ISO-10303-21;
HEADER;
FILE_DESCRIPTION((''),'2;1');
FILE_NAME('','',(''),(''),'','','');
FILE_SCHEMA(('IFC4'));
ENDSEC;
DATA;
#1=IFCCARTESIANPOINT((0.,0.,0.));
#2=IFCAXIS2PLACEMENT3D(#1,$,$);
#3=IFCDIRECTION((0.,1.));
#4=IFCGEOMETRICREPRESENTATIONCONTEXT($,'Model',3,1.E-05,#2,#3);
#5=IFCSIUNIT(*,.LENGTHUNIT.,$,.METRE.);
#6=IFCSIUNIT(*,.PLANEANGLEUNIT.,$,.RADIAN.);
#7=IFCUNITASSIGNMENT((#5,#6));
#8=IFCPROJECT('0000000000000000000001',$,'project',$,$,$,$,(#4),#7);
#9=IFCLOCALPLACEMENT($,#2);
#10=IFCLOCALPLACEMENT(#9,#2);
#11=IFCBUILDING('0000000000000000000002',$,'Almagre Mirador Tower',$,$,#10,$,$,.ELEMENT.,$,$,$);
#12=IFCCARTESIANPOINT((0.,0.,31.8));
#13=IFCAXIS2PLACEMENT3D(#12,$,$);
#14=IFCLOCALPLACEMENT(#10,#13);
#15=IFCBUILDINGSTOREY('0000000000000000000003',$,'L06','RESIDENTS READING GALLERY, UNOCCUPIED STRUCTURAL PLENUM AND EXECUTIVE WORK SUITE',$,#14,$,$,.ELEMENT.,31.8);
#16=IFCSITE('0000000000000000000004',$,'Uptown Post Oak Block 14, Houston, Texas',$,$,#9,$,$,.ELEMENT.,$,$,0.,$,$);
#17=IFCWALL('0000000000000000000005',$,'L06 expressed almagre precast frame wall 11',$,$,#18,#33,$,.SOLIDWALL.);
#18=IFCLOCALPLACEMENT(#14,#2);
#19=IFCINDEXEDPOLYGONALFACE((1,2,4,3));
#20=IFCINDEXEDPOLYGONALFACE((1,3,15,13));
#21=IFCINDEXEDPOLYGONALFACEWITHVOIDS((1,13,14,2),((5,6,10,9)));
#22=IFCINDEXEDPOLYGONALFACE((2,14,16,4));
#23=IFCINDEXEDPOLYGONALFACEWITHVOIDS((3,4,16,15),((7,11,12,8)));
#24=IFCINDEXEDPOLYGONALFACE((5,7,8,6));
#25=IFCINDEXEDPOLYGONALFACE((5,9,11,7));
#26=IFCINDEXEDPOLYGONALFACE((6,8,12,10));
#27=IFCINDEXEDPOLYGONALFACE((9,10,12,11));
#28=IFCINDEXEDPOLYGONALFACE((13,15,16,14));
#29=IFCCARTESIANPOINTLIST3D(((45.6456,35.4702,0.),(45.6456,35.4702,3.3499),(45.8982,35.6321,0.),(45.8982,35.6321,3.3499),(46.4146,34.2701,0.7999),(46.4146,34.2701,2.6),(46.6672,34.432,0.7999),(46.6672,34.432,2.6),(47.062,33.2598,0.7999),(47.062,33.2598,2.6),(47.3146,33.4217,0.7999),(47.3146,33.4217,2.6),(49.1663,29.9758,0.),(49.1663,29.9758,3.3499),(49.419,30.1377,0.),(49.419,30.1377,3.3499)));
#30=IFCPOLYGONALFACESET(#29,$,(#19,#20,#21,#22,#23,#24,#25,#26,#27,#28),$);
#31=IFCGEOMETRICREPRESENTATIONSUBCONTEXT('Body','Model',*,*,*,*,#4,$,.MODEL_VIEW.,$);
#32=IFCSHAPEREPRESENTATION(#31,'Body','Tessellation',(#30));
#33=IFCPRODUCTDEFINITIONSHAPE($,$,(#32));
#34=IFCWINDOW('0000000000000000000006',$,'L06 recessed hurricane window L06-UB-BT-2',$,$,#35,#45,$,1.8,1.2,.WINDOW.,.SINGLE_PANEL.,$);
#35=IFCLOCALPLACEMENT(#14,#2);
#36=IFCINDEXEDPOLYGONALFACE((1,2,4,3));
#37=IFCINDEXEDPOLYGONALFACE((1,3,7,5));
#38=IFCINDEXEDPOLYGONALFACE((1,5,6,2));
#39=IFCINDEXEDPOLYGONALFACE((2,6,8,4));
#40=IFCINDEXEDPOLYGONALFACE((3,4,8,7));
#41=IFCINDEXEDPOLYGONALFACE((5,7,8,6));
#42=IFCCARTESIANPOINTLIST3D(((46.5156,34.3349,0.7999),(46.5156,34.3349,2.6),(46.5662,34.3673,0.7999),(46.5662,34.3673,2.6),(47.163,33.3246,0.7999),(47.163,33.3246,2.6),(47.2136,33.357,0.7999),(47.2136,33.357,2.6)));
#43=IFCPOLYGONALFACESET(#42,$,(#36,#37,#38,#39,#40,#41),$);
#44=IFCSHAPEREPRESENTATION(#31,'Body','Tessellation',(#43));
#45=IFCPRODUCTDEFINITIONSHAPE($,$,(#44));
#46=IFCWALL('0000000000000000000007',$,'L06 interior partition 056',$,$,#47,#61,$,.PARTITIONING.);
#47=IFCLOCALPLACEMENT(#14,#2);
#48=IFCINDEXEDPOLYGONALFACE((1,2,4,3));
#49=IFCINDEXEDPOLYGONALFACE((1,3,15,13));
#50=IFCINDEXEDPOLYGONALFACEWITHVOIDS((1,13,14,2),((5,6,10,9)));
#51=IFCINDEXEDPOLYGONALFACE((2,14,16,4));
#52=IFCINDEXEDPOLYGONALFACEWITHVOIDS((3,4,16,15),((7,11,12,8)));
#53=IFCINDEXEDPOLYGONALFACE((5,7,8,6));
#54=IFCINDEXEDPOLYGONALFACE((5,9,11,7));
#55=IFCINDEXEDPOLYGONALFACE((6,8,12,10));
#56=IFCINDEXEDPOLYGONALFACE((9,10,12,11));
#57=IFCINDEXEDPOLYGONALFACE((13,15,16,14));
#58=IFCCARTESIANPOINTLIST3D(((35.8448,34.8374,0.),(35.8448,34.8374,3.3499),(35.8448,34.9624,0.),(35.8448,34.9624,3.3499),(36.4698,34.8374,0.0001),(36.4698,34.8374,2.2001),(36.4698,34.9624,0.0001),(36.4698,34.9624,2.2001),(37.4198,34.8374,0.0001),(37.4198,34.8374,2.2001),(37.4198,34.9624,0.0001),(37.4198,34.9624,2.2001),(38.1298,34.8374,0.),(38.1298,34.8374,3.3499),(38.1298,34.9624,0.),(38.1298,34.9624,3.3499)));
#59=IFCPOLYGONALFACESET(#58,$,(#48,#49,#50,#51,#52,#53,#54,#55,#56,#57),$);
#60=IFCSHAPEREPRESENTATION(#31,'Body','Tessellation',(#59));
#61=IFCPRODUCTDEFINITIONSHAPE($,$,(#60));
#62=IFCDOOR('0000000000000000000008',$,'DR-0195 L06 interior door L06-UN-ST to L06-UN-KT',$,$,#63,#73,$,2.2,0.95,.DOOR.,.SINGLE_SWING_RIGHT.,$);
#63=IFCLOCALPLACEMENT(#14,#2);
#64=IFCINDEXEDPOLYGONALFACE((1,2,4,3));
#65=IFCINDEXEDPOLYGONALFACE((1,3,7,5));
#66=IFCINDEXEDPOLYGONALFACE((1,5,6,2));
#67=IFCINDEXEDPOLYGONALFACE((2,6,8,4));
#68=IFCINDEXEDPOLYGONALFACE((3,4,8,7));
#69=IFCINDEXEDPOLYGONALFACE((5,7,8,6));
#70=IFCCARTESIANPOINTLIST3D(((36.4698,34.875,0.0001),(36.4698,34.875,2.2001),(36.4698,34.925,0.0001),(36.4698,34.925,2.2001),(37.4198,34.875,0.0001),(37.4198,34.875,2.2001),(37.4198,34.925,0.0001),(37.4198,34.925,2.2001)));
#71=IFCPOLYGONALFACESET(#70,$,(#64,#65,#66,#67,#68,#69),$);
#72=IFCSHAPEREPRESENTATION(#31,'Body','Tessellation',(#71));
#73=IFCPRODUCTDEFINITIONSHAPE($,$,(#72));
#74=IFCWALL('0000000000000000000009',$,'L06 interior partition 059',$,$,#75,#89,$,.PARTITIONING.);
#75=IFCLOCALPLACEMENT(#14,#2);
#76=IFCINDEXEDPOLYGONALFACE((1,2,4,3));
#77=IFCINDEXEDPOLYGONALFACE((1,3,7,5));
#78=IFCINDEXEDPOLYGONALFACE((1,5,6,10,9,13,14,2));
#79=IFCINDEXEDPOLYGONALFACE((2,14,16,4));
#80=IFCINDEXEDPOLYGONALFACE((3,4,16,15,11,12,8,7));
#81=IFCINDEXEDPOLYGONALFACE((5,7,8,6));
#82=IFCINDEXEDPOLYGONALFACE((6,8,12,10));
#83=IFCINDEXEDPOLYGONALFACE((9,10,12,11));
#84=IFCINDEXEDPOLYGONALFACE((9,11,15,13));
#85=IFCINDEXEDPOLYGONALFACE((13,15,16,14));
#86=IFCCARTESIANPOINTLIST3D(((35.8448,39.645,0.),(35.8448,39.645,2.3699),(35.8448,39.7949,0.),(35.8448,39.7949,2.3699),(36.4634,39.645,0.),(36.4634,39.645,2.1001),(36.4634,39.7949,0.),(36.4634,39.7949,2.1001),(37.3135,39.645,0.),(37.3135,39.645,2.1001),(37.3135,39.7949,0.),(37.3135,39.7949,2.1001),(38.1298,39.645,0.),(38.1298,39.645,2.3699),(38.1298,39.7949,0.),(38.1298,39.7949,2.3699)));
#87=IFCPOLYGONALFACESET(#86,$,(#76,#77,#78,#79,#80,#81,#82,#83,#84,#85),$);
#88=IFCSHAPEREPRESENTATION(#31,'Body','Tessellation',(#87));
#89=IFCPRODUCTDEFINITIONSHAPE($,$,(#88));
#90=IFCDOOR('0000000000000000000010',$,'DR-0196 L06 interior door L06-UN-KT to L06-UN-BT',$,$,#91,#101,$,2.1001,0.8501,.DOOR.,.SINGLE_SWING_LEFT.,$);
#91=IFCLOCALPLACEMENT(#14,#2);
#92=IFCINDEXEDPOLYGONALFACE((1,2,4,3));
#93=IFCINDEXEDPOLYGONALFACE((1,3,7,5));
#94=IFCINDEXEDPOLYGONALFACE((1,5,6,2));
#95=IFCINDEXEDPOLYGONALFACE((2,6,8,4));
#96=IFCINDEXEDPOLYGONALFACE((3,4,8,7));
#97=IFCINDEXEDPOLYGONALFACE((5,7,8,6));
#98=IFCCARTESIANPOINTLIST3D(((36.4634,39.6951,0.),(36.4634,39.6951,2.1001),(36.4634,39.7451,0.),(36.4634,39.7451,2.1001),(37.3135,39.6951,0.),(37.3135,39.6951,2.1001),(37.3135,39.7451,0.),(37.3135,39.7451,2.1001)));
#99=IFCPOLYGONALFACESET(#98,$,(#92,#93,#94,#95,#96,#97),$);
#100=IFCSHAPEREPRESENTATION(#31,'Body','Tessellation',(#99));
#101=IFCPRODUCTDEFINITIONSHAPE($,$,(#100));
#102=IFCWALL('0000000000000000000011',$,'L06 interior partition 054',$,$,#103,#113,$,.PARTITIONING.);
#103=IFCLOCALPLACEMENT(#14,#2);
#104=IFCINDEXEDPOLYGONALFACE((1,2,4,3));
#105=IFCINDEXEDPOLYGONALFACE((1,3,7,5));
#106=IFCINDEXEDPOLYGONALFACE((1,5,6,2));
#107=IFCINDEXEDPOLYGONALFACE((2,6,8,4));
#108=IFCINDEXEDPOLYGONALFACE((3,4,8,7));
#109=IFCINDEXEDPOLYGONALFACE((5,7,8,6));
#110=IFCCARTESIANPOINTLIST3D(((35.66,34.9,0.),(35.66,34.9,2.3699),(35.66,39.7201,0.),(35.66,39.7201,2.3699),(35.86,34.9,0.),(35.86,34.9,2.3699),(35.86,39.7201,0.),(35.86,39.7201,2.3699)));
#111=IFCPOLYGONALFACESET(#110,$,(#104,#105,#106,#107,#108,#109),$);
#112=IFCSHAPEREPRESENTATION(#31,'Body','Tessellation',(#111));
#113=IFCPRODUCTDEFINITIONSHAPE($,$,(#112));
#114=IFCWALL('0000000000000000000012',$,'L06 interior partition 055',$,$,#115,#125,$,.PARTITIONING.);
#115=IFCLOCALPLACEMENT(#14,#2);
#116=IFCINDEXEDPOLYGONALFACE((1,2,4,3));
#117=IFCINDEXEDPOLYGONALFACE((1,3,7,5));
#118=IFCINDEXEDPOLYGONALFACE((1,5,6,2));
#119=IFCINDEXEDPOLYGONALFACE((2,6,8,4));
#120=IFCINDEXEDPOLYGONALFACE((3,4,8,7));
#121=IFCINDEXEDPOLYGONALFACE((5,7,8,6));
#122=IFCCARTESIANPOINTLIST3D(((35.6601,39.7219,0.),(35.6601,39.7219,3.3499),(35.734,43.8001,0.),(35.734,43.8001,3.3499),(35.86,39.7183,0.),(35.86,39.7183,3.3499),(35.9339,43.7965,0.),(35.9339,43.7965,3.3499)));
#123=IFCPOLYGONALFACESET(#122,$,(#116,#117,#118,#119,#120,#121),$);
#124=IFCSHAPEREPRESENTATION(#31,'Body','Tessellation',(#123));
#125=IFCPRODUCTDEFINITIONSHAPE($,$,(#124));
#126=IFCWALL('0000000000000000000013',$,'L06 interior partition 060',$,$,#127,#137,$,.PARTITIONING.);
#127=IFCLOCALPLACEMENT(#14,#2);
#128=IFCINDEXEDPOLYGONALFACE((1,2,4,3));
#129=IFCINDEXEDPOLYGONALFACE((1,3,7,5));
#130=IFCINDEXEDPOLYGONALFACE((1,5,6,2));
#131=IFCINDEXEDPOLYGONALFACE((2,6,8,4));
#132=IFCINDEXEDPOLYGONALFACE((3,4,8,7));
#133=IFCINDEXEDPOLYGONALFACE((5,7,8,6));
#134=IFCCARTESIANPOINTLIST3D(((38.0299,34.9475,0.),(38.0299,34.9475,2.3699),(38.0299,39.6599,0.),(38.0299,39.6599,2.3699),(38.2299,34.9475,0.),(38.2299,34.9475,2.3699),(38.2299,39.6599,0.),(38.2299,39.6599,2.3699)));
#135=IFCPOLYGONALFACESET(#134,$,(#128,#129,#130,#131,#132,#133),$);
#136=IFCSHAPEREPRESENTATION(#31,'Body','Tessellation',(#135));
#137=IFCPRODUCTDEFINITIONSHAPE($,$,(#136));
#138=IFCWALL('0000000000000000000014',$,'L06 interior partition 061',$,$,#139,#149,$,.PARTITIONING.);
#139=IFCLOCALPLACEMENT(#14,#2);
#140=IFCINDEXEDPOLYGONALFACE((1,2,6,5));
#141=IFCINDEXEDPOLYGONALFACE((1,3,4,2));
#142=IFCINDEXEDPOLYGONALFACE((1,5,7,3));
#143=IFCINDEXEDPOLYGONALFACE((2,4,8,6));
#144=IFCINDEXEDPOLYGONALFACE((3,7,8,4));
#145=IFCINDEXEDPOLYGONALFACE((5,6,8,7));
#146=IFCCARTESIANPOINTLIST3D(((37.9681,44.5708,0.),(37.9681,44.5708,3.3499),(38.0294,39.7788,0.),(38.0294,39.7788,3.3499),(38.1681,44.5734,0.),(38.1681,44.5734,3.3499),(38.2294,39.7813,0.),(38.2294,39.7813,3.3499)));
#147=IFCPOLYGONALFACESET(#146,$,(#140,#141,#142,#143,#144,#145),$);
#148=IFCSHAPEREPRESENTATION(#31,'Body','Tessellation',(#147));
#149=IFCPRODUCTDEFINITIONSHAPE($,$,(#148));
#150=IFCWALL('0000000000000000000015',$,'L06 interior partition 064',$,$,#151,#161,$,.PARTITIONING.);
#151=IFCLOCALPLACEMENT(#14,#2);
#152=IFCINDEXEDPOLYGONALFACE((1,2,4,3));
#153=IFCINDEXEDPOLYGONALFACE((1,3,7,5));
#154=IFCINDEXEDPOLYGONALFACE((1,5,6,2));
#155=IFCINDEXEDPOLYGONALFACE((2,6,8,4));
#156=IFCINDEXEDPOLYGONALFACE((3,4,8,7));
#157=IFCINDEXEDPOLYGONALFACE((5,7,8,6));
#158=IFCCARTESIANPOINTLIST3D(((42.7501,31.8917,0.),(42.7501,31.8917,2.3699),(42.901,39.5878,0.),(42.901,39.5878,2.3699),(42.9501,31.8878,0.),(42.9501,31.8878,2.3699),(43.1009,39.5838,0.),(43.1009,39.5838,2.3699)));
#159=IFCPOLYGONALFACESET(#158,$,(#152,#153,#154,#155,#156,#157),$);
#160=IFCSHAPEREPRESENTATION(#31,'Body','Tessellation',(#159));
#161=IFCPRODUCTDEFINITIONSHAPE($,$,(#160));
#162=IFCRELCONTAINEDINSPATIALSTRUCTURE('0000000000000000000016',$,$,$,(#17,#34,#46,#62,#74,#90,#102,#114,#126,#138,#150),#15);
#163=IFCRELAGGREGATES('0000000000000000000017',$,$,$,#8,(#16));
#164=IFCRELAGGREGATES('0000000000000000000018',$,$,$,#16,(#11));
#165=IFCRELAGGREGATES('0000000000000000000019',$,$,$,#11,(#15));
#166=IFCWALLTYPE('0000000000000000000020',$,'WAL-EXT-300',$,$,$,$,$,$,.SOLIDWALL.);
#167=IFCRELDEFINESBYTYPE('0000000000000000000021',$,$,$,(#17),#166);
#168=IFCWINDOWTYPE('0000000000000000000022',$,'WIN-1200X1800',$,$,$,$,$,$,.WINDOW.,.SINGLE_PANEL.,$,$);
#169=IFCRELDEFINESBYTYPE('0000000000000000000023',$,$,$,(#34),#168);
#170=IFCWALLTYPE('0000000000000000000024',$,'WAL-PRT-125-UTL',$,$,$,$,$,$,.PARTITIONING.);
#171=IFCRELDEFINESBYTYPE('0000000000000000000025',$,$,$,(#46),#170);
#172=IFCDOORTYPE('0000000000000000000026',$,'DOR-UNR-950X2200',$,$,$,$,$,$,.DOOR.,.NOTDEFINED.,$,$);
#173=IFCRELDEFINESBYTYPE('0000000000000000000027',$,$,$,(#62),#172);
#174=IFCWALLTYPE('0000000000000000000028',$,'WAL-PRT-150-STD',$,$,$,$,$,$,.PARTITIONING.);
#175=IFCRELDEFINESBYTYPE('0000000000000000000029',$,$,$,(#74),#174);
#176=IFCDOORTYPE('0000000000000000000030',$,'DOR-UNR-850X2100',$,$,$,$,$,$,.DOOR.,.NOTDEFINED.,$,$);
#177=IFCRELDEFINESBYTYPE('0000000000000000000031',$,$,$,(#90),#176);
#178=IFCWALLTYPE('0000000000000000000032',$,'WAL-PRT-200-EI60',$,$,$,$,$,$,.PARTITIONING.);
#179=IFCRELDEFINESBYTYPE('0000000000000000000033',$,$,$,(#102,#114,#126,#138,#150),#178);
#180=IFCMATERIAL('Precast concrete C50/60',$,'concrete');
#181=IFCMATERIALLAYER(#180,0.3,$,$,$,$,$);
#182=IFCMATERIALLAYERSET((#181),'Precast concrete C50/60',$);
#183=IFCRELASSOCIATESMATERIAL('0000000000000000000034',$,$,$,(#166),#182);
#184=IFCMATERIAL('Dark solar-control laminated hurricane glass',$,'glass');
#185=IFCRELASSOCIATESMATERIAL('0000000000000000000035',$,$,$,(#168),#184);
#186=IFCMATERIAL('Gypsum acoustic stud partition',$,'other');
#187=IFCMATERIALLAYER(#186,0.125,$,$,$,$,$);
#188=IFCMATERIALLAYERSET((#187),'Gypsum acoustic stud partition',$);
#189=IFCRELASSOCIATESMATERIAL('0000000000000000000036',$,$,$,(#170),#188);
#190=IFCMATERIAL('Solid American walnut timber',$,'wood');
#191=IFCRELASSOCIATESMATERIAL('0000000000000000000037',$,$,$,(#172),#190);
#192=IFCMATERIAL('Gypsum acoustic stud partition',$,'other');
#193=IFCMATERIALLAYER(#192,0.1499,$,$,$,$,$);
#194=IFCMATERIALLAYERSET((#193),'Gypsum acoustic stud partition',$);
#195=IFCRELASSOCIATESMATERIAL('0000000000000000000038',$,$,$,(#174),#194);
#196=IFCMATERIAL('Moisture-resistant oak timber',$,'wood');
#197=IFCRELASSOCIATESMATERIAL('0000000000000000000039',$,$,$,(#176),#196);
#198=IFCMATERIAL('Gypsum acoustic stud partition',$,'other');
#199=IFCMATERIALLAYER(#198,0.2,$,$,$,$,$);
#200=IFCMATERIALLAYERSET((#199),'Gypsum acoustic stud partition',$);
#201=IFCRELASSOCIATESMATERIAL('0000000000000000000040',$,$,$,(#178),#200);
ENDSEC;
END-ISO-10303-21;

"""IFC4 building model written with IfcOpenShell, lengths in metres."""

from ifc_helpers import new_model, si_unit, direction, frame, frame_2d, origin, place, context, subcontext, project, spatial, rectangle, extrude, material, layer, layer_set, type_object, element, fill, save


model = new_model("IFC4")

# Units and contexts
model_context = context("Model", 3, precision=1e-05, world=origin(), true_north=direction((0.0, 1.0)))
body_context = subcontext(model_context, "Body", "Model", "MODEL_VIEW")
ifc_project = project(units=[si_unit("LENGTHUNIT", "METRE"), si_unit("PLANEANGLEUNIT", "RADIAN")], contexts=[model_context])

# Site, building, storey
site_placement = place(None, origin())
site = spatial("IfcSite", under=ifc_project, at=site_placement, Name="Uptown Post Oak Block 14, Houston, Texas", CompositionType="ELEMENT", RefElevation=0.0)
building_placement = place(site_placement, origin())
building = spatial("IfcBuilding", under=site, at=building_placement, Name="Almagre Mirador Tower", CompositionType="ELEMENT")
storey_placement = place(building_placement, frame((0.0, 0.0, 31.8)))
storey = spatial("IfcBuildingStorey", under=building, at=storey_placement, Name="L06", Description="RESIDENTS READING GALLERY, UNOCCUPIED STRUCTURAL PLENUM AND EXECUTIVE WORK SUITE", CompositionType="ELEMENT", Elevation=31.8)

# Shared definitions
ifc_material_1 = material(Name="Precast concrete C50/60", Category="concrete")
ifc_layer_1 = layer(ifc_material_1, 0.3)
ifc_layer_set_1 = layer_set([ifc_layer_1], Name="Precast concrete C50/60")
wall_type_1 = type_object("IfcWallType", Name="WAL-EXT-300", PredefinedType="SOLIDWALL", material=ifc_layer_set_1)

# Shared definitions
ifc_material_2 = material(Name="Dark solar-control laminated hurricane glass", Category="glass")
window_type_1 = type_object("IfcWindowType", Name="WIN-1200X1800", PartitioningType="SINGLE_PANEL", PredefinedType="WINDOW", material=ifc_material_2)

# Wall, opening, window
wall_1_placement = place(storey_placement, frame((45.772, 35.551, 0.0), z_axis=(0.0, 0.0, 1.0), x_axis=(0.539526, -0.841969, 0.0)))
wall_1 = element("IfcWall", 1, at=wall_1_placement, inside=storey, type_object=wall_type_1, Name="L06 expressed almagre precast frame wall 11", PredefinedType="SOLIDWALL", context=body_context, shape_type="SweptSolid", body=[
    extrude(rectangle(XDim=6.5256, YDim=0.3, at=frame_2d((3.2627, 0.0))), origin(), (0.0, 0.0, 1.0), 3.3499),
])
opening_1_placement = place(wall_1_placement, frame((1.425, 0.0, 0.8)))
opening_1 = element("IfcOpeningElement", 2, at=opening_1_placement, cuts=wall_1, PredefinedType="OPENING", context=body_context, shape_type="SweptSolid", body=[
    extrude(rectangle(XDim=1.2, YDim=1.8, at=frame_2d((0.6001, 0.8999))), frame((0.0, 0.1599, 0.0), z_axis=(0.0, -1.0, 0.0), x_axis=(1.0, 0.0, 0.0)), (0.0, 0.0, 1.0), 0.32),
])
window_1_placement = place(opening_1_placement, origin())
window_1 = element("IfcWindow", 3, at=window_1_placement, inside=storey, type_object=window_type_1, Name="L06 recessed hurricane window L06-UB-BT-2", OverallHeight=1.8, OverallWidth=1.2, PartitioningType="SINGLE_PANEL", PredefinedType="WINDOW", context=body_context, shape_type="SweptSolid", body=[
    extrude(rectangle(XDim=1.2, YDim=1.8, at=frame_2d((0.6001, 0.8999))), frame((0.0, 0.03, 0.0), z_axis=(0.0, -1.0, 0.0), x_axis=(1.0, 0.0, 0.0)), (0.0, 0.0, 1.0), 0.0601),
])
fill(opening_1, window_1)

# Walls, openings, doors
ifc_material_3 = material(Name="Gypsum acoustic stud partition", Category="other")
ifc_layer_2 = layer(ifc_material_3, 0.125)
ifc_layer_set_2 = layer_set([ifc_layer_2], Name="Gypsum acoustic stud partition")
wall_type_2 = type_object("IfcWallType", Name="WAL-PRT-125-UTL", PredefinedType="PARTITIONING", material=ifc_layer_set_2)
wall_2_placement = place(storey_placement, frame((38.1299, 34.8999, 0.0), z_axis=(0.0, 0.0, 1.0), x_axis=(-1.0, 0.0, 0.0)))
wall_2 = element("IfcWall", 4, at=wall_2_placement, inside=storey, type_object=wall_type_2, Name="L06 interior partition 056", PredefinedType="PARTITIONING", context=body_context, shape_type="SweptSolid", body=[
    extrude(rectangle(XDim=2.2849, YDim=0.125, at=frame_2d((1.1426, 0.0))), origin(), (0.0, 0.0, 1.0), 3.3499),
])
opening_2_placement = place(wall_2_placement, frame((0.71, 0.0, 0.0)))
opening_2 = element("IfcOpeningElement", 5, at=opening_2_placement, cuts=wall_2, PredefinedType="OPENING", context=body_context, shape_type="SweptSolid", body=[
    extrude(rectangle(XDim=0.95, YDim=2.2, at=frame_2d((0.4751, 1.1001))), frame((0.0, 0.0725, 0.0), z_axis=(0.0, -1.0, 0.0), x_axis=(1.0, 0.0, 0.0)), (0.0, 0.0, 1.0), 0.145),
])
ifc_material_4 = material(Name="Solid American walnut timber", Category="wood")
door_type_1 = type_object("IfcDoorType", Name="DOR-UNR-950X2200", OperationType="NOTDEFINED", PredefinedType="DOOR", material=ifc_material_4)
door_1_placement = place(opening_2_placement, origin())
door_1 = element("IfcDoor", 6, at=door_1_placement, inside=storey, type_object=door_type_1, Name="DR-0195 L06 interior door L06-UN-ST to L06-UN-KT", OperationType="SINGLE_SWING_RIGHT", OverallHeight=2.2, OverallWidth=0.95, PredefinedType="DOOR", context=body_context, shape_type="SweptSolid", body=[
    extrude(rectangle(XDim=0.95, YDim=2.2, at=frame_2d((0.4751, 1.1001))), frame((0.0, 0.0249, 0.0), z_axis=(0.0, -1.0, 0.0), x_axis=(1.0, 0.0, 0.0)), (0.0, 0.0, 1.0), 0.05),
])
fill(opening_2, door_1)
ifc_material_5 = material(Name="Gypsum acoustic stud partition", Category="other")
ifc_layer_3 = layer(ifc_material_5, 0.1499)
ifc_layer_set_3 = layer_set([ifc_layer_3], Name="Gypsum acoustic stud partition")
wall_type_3 = type_object("IfcWallType", Name="WAL-PRT-150-STD", PredefinedType="PARTITIONING", material=ifc_layer_set_3)
wall_3_placement = place(storey_placement, frame((38.1299, 39.72, 0.0), z_axis=(0.0, 0.0, 1.0), x_axis=(-1.0, 0.0, 0.0)))
wall_3 = element("IfcWall", 7, at=wall_3_placement, inside=storey, type_object=wall_type_3, Name="L06 interior partition 059", PredefinedType="PARTITIONING", context=body_context, shape_type="SweptSolid", body=[
    extrude(rectangle(XDim=2.2849, YDim=0.1499, at=frame_2d((1.1426, 0.0))), origin(), (0.0, 0.0, 1.0), 2.3699),
])
opening_3_placement = place(wall_3_placement, frame((0.8164, 0.0, 0.0)))
opening_3 = element("IfcOpeningElement", 8, at=opening_3_placement, cuts=wall_3, PredefinedType="OPENING", context=body_context, shape_type="SweptSolid", body=[
    extrude(rectangle(XDim=0.8501, YDim=2.1001, at=frame_2d((0.425, 1.05))), frame((0.0, 0.085, 0.0), z_axis=(0.0, -1.0, 0.0), x_axis=(1.0, 0.0, 0.0)), (0.0, 0.0, 1.0), 0.1699),
])
ifc_material_6 = material(Name="Moisture-resistant oak timber", Category="wood")
door_type_2 = type_object("IfcDoorType", Name="DOR-UNR-850X2100", OperationType="NOTDEFINED", PredefinedType="DOOR", material=ifc_material_6)
door_2_placement = place(opening_3_placement, origin())
door_2 = element("IfcDoor", 9, at=door_2_placement, inside=storey, type_object=door_type_2, Name="DR-0196 L06 interior door L06-UN-KT to L06-UN-BT", OperationType="SINGLE_SWING_LEFT", OverallHeight=2.1001, OverallWidth=0.8501, PredefinedType="DOOR", context=body_context, shape_type="SweptSolid", body=[
    extrude(rectangle(XDim=0.8501, YDim=2.1001, at=frame_2d((0.425, 1.05))), frame((0.0, 0.0249, 0.0), z_axis=(0.0, -1.0, 0.0), x_axis=(1.0, 0.0, 0.0)), (0.0, 0.0, 1.0), 0.05),
])
fill(opening_3, door_2)

# Walls
ifc_material_7 = material(Name="Gypsum acoustic stud partition", Category="other")
ifc_layer_4 = layer(ifc_material_7, 0.2)
ifc_layer_set_4 = layer_set([ifc_layer_4], Name="Gypsum acoustic stud partition")
wall_type_4 = type_object("IfcWallType", Name="WAL-PRT-200-EI60", PredefinedType="PARTITIONING", material=ifc_layer_set_4)
wall_4_placement = place(storey_placement, frame((35.76, 34.8999, 0.0), z_axis=(0.0, 0.0, 1.0), x_axis=(0.0, 1.0, 0.0)))
element("IfcWall", 10, at=wall_4_placement, inside=storey, type_object=wall_type_4, Name="L06 interior partition 054", PredefinedType="PARTITIONING", context=body_context, shape_type="SweptSolid", body=[
    extrude(rectangle(XDim=4.8201, YDim=0.2, at=frame_2d((2.4102, 0.0))), origin(), (0.0, 0.0, 1.0), 2.3699),
])
wall_5_placement = place(storey_placement, frame((35.76, 39.72, 0.0), z_axis=(0.0, 0.0, 1.0), x_axis=(0.018136, 0.999836, 0.0)))
element("IfcWall", 11, at=wall_5_placement, inside=storey, type_object=wall_type_4, Name="L06 interior partition 055", PredefinedType="PARTITIONING", context=body_context, shape_type="SweptSolid", body=[
    extrude(rectangle(XDim=4.0789, YDim=0.2, at=frame_2d((2.0396, 0.0))), origin(), (0.0, 0.0, 1.0), 3.3499),
])
wall_6_placement = place(storey_placement, frame((38.1299, 34.9475, 0.0), z_axis=(0.0, 0.0, 1.0), x_axis=(0.0, 1.0, 0.0)))
element("IfcWall", 12, at=wall_6_placement, inside=storey, type_object=wall_type_4, Name="L06 interior partition 060", PredefinedType="PARTITIONING", context=body_context, shape_type="SweptSolid", body=[
    extrude(rectangle(XDim=4.7124, YDim=0.2, at=frame_2d((2.3562, 0.0))), origin(), (0.0, 0.0, 1.0), 2.3699),
])
wall_7_placement = place(storey_placement, frame((38.1294, 39.78, 0.0), z_axis=(0.0, 0.0, 1.0), x_axis=(-0.012787, 0.999918, 0.0)))
element("IfcWall", 13, at=wall_7_placement, inside=storey, type_object=wall_type_4, Name="L06 interior partition 061", PredefinedType="PARTITIONING", context=body_context, shape_type="SweptSolid", body=[
    extrude(rectangle(XDim=4.7925, YDim=0.2, at=frame_2d((2.3962, 0.0))), origin(), (0.0, 0.0, 1.0), 3.3499),
])
wall_8_placement = place(storey_placement, frame((42.8501, 31.8899, 0.0), z_axis=(0.0, 0.0, 1.0), x_axis=(0.019601, 0.999808, 0.0)))
element("IfcWall", 14, at=wall_8_placement, inside=storey, type_object=wall_type_4, Name="L06 interior partition 064", PredefinedType="PARTITIONING", context=body_context, shape_type="SweptSolid", body=[
    extrude(rectangle(XDim=7.6975, YDim=0.2, at=frame_2d((3.8486, 0.0))), origin(), (0.0, 0.0, 1.0), 2.3699),
])

save(model, "model.ifc")
